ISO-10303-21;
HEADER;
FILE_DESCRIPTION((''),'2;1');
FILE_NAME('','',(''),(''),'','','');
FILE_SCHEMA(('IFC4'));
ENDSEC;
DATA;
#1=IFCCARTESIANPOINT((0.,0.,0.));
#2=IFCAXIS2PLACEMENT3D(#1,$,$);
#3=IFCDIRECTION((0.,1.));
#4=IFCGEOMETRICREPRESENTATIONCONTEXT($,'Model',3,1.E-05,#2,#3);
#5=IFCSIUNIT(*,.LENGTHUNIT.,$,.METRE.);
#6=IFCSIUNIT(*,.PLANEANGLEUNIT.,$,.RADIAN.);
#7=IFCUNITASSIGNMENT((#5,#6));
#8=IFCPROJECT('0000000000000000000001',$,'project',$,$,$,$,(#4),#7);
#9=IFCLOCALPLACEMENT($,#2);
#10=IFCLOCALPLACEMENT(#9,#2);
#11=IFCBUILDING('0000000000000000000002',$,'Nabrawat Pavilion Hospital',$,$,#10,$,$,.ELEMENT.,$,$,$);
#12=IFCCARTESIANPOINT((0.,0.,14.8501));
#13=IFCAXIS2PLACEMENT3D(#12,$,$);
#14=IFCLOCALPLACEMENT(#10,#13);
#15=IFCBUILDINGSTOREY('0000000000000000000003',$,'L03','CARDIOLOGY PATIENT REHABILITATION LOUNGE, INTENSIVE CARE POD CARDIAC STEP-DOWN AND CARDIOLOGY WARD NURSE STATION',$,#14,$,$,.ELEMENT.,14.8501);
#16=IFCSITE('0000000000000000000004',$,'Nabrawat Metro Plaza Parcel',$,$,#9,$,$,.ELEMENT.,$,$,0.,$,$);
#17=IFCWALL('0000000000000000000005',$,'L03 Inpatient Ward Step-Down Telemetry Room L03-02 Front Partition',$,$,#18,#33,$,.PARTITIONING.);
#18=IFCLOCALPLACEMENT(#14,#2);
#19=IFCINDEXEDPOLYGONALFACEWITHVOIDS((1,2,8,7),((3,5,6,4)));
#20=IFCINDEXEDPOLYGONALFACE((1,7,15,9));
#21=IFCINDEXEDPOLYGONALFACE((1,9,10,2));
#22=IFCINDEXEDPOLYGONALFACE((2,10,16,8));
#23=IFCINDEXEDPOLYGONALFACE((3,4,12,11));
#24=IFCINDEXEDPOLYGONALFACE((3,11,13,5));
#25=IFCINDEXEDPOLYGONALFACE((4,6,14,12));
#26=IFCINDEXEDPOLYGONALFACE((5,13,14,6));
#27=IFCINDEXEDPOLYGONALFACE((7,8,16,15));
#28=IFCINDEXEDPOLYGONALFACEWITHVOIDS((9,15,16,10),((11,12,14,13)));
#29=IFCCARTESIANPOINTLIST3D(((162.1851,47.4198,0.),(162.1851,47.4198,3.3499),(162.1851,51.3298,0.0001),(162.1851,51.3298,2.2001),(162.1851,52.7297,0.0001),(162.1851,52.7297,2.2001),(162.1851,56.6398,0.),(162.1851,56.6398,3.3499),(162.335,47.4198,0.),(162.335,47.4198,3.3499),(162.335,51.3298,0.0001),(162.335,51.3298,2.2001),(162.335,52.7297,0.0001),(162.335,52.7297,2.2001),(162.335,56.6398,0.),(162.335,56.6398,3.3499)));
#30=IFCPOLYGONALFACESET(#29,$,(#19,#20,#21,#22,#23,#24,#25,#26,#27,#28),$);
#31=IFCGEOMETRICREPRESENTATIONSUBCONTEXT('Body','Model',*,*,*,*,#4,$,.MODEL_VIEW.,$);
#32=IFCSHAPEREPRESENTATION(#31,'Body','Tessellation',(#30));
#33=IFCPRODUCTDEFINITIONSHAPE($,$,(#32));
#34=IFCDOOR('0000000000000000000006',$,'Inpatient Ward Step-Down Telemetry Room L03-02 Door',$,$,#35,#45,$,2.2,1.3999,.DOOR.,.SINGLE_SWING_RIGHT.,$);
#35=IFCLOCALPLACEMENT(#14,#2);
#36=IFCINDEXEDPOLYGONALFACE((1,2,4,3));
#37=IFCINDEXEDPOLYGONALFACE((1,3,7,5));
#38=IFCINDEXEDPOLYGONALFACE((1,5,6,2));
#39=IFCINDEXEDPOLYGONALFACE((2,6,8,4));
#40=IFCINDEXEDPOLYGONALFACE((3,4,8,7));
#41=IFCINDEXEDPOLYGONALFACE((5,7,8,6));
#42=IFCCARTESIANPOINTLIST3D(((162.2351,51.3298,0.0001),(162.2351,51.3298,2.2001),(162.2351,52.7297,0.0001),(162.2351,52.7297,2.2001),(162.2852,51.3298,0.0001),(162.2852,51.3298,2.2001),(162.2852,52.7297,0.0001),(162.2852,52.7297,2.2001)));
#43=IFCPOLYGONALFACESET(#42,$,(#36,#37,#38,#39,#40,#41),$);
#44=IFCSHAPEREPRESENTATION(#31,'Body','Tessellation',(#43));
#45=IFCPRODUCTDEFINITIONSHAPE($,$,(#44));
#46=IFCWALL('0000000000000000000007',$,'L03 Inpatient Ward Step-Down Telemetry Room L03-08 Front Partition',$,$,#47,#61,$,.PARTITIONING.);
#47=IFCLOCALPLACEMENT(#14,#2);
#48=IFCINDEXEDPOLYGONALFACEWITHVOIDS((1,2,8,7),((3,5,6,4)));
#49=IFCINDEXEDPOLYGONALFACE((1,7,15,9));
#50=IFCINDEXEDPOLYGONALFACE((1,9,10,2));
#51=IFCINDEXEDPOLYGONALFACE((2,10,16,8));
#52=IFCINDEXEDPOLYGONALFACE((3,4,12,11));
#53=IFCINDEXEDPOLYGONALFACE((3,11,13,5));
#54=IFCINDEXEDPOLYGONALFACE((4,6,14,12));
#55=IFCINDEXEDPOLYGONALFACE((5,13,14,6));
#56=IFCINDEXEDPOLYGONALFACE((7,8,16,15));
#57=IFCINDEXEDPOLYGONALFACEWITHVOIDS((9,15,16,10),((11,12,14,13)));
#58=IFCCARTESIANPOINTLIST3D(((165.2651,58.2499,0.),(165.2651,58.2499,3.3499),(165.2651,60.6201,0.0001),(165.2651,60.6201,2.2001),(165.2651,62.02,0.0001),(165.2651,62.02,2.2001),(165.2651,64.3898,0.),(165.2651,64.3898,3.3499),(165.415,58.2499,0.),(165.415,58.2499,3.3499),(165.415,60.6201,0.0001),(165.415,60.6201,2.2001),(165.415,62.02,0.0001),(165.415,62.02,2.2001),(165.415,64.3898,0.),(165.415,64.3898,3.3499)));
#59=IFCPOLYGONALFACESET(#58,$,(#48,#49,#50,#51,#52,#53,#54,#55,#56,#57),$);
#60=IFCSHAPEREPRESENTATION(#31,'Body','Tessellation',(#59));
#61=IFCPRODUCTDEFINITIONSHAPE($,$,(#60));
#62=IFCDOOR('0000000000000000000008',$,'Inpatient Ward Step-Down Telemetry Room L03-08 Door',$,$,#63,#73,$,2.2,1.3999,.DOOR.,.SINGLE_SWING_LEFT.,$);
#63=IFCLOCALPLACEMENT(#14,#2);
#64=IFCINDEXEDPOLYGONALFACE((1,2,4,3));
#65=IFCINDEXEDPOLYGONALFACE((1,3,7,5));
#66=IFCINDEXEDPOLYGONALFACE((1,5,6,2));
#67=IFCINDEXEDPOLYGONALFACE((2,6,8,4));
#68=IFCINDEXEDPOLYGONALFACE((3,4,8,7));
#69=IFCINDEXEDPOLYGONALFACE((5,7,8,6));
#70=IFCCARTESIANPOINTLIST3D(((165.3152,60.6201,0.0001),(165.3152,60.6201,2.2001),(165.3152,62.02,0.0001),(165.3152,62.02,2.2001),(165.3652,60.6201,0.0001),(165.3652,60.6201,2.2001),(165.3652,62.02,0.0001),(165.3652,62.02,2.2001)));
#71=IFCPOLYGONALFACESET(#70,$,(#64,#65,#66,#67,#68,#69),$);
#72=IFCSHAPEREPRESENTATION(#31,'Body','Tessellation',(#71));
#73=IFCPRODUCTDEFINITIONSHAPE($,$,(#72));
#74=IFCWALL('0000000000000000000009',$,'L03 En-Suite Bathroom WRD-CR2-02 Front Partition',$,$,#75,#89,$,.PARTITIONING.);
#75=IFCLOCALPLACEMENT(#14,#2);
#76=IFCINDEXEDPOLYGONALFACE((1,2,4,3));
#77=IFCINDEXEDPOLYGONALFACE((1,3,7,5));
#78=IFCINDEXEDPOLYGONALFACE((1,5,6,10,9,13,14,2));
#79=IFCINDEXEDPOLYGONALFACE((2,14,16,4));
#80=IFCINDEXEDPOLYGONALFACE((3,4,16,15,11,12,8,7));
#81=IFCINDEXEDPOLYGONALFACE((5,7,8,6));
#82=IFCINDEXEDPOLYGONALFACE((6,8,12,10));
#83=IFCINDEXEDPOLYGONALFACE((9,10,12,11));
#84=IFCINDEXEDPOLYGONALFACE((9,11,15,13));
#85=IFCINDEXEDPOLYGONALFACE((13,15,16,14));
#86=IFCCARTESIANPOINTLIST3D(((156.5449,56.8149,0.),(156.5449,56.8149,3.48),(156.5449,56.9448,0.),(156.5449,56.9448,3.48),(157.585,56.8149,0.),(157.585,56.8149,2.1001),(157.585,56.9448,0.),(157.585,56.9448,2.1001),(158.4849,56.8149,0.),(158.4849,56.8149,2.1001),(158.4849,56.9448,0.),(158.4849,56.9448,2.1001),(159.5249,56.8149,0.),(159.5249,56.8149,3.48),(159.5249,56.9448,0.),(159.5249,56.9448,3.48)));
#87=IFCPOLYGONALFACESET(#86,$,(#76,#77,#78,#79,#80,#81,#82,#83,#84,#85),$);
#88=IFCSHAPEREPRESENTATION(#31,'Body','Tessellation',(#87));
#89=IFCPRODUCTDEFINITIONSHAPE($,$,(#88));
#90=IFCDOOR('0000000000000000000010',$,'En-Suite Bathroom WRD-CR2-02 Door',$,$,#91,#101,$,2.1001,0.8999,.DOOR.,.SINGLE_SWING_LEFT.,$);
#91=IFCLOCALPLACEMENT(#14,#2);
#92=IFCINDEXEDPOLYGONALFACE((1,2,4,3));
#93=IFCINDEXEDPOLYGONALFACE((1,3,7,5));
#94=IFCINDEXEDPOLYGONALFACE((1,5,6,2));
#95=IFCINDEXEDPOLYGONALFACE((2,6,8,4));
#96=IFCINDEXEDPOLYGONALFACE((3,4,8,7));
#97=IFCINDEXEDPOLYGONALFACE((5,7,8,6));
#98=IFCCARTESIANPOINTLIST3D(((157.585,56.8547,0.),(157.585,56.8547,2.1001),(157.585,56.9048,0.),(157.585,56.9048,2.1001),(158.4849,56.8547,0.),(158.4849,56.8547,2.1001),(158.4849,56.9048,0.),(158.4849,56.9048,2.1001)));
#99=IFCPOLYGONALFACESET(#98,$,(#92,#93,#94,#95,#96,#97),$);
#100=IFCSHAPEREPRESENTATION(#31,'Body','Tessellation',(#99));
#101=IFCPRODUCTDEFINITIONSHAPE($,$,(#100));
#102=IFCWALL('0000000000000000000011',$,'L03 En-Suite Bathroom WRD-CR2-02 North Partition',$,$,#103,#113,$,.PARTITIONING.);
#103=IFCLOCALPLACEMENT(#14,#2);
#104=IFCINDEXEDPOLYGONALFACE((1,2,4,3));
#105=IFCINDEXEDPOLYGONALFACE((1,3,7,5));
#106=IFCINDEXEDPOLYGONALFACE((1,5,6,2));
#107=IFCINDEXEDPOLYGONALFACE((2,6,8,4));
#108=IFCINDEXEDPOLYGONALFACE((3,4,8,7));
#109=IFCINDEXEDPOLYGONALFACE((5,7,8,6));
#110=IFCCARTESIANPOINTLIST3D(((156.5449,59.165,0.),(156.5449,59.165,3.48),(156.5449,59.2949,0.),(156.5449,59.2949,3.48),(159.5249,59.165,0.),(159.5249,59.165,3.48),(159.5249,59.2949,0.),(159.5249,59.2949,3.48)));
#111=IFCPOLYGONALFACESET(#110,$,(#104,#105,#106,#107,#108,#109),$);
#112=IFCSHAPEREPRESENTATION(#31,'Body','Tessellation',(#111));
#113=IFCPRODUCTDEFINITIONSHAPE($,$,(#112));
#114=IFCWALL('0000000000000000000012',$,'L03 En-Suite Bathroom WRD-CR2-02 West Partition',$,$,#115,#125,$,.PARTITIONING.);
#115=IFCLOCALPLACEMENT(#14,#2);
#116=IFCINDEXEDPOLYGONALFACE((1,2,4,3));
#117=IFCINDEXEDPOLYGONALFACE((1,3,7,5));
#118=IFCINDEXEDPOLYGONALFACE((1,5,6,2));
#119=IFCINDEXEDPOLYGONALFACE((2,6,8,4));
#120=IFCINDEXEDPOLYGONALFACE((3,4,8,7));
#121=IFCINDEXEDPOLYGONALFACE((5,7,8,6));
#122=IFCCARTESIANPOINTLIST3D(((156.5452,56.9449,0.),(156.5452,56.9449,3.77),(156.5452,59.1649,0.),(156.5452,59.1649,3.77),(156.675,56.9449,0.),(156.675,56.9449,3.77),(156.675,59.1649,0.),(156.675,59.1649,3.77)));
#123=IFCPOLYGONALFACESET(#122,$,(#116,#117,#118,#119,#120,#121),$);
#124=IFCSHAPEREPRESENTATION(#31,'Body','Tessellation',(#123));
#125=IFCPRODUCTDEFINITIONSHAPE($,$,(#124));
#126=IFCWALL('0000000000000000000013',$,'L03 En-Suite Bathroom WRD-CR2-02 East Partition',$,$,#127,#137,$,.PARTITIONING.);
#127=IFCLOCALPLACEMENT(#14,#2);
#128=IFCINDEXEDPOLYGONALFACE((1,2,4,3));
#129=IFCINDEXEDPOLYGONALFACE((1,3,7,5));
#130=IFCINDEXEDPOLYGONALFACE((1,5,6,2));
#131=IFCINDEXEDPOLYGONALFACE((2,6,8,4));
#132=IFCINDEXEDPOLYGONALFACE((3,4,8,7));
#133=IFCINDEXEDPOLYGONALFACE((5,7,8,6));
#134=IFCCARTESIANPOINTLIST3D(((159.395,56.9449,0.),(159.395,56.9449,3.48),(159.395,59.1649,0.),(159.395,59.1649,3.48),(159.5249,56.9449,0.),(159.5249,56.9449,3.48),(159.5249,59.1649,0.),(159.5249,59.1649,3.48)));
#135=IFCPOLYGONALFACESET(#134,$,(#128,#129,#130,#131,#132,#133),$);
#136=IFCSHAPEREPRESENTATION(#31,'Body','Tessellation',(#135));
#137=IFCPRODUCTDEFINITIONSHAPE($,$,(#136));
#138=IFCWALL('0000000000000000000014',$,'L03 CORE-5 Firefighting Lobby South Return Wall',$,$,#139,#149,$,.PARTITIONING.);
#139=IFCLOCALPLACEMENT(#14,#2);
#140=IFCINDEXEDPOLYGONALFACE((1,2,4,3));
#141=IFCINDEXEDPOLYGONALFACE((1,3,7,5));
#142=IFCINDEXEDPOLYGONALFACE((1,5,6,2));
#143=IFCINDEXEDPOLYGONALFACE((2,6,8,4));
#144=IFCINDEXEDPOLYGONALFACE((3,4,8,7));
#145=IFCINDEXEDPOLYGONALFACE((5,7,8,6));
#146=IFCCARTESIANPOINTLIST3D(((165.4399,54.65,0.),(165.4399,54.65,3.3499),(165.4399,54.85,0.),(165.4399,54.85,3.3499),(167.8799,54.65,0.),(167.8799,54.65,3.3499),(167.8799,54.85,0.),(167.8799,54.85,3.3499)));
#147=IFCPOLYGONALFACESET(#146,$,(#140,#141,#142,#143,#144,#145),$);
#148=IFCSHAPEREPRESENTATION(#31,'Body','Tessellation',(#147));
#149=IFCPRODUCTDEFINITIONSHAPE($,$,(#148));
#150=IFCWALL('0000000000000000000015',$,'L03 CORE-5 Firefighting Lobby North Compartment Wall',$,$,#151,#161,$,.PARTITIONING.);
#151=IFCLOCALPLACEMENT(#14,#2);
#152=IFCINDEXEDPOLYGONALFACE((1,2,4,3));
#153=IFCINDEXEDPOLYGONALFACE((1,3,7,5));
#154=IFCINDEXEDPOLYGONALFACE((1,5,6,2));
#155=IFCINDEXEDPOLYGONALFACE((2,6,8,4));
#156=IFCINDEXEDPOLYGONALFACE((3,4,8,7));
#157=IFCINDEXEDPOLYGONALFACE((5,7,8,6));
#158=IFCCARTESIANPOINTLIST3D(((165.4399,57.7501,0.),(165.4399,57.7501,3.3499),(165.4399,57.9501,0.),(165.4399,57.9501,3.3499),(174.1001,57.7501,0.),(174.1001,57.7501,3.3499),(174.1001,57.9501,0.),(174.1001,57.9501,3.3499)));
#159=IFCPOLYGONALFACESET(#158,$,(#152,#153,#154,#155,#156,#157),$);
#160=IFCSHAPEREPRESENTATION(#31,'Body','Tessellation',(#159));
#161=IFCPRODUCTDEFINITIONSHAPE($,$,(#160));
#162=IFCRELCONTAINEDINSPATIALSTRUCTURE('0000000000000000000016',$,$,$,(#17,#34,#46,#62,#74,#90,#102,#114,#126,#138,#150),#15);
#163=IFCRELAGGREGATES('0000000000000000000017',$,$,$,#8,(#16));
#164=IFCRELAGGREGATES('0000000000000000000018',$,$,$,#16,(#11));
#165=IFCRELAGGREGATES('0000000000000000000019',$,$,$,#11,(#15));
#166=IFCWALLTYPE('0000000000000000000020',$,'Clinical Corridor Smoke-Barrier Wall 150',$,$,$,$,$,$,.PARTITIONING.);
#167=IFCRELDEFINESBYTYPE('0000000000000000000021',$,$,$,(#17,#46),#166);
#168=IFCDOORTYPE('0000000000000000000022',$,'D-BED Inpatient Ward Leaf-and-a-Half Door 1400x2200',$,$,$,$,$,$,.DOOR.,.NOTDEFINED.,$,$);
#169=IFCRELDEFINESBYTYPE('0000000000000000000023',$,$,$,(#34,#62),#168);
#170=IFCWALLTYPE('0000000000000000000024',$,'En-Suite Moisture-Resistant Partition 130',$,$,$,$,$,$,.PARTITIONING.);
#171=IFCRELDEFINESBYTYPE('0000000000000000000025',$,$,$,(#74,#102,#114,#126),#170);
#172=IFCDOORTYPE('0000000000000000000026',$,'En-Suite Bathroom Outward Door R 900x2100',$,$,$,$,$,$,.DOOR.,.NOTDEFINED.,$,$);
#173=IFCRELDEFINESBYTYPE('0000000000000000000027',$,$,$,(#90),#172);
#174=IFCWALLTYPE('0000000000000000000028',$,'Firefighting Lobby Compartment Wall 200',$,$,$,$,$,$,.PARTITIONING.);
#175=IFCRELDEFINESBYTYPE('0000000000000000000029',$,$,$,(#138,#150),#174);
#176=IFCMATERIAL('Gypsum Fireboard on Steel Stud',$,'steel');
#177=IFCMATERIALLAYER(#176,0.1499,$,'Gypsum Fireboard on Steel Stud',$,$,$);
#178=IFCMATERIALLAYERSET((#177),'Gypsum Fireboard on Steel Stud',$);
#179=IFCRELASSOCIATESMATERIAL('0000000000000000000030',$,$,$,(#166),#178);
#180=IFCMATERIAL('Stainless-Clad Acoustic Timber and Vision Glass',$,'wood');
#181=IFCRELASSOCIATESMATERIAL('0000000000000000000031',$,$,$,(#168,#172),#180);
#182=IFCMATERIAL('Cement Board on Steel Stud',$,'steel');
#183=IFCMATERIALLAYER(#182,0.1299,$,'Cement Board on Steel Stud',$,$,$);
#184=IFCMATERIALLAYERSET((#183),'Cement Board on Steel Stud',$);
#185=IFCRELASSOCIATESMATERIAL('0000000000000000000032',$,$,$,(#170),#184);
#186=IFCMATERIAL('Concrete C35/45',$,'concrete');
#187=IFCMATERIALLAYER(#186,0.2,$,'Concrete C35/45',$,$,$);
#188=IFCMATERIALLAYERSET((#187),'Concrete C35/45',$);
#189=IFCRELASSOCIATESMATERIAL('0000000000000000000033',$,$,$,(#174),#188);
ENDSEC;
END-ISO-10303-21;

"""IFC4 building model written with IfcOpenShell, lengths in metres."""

from ifc_helpers import new_model, si_unit, direction, frame, frame_2d, origin, place, context, subcontext, project, spatial, rectangle, extrude, material, layer, layer_set, type_object, element, fill, save


model = new_model("IFC4")

# Units and contexts
model_context = context("Model", 3, precision=1e-05, world=origin(), true_north=direction((0.0, 1.0)))
body_context = subcontext(model_context, "Body", "Model", "MODEL_VIEW")
ifc_project = project(units=[si_unit("LENGTHUNIT", "METRE"), si_unit("PLANEANGLEUNIT", "RADIAN")], contexts=[model_context])

# Site, building, storey
site_placement = place(None, origin())
site = spatial("IfcSite", under=ifc_project, at=site_placement, Name="Nabrawat Metro Plaza Parcel", CompositionType="ELEMENT", RefElevation=0.0)
building_placement = place(site_placement, origin())
building = spatial("IfcBuilding", under=site, at=building_placement, Name="Nabrawat Pavilion Hospital", CompositionType="ELEMENT")
storey_placement = place(building_placement, frame((0.0, 0.0, 14.8501)))
storey = spatial("IfcBuildingStorey", under=building, at=storey_placement, Name="L03", Description="CARDIOLOGY PATIENT REHABILITATION LOUNGE, INTENSIVE CARE POD CARDIAC STEP-DOWN AND CARDIOLOGY WARD NURSE STATION", CompositionType="ELEMENT", Elevation=14.8501)

# Walls, openings, doors
ifc_material_1 = material(Name="Gypsum Fireboard on Steel Stud", Category="steel")
ifc_layer_1 = layer(ifc_material_1, 0.1499, Name="Gypsum Fireboard on Steel Stud")
ifc_layer_set_1 = layer_set([ifc_layer_1], Name="Gypsum Fireboard on Steel Stud")
wall_type_1 = type_object("IfcWallType", Name="Clinical Corridor Smoke-Barrier Wall 150", PredefinedType="PARTITIONING", material=ifc_layer_set_1)
wall_1_placement = place(storey_placement, frame((162.26, 47.4199, 0.0), z_axis=(0.0, 0.0, 1.0), x_axis=(0.0, 1.0, 0.0)))
wall_1 = element("IfcWall", 1, at=wall_1_placement, inside=storey, type_object=wall_type_1, Name="L03 Inpatient Ward Step-Down Telemetry Room L03-02 Front Partition", PredefinedType="PARTITIONING", context=body_context, shape_type="SweptSolid", body=[
    extrude(rectangle(XDim=9.22, YDim=0.1499, at=frame_2d((4.6099, 0.0))), origin(), (0.0, 0.0, 1.0), 3.3499),
])
opening_1_placement = place(wall_1_placement, frame((3.9099, 0.0, 0.0)))
opening_1 = element("IfcOpeningElement", 2, at=opening_1_placement, cuts=wall_1, PredefinedType="OPENING", context=body_context, shape_type="SweptSolid", body=[
    extrude(rectangle(XDim=1.3999, YDim=2.2, at=frame_2d((0.7, 1.1001))), frame((0.0, 0.085, 0.0), z_axis=(0.0, -1.0, 0.0), x_axis=(1.0, 0.0, 0.0)), (0.0, 0.0, 1.0), 0.1699),
])
ifc_material_2 = material(Name="Stainless-Clad Acoustic Timber and Vision Glass", Category="wood")
door_type_1 = type_object("IfcDoorType", Name="D-BED Inpatient Ward Leaf-and-a-Half Door 1400x2200", OperationType="NOTDEFINED", PredefinedType="DOOR", material=ifc_material_2)
door_1_placement = place(opening_1_placement, origin())
door_1 = element("IfcDoor", 3, at=door_1_placement, inside=storey, type_object=door_type_1, Name="Inpatient Ward Step-Down Telemetry Room L03-02 Door", OperationType="SINGLE_SWING_RIGHT", OverallHeight=2.2, OverallWidth=1.3999, PredefinedType="DOOR", context=body_context, shape_type="SweptSolid", body=[
    extrude(rectangle(XDim=1.3999, YDim=2.2, at=frame_2d((0.7, 1.1001))), frame((0.0, 0.0249, 0.0), z_axis=(0.0, -1.0, 0.0), x_axis=(1.0, 0.0, 0.0)), (0.0, 0.0, 1.0), 0.05),
])
fill(opening_1, door_1)
wall_2_placement = place(storey_placement, frame((165.3401, 58.25, 0.0), z_axis=(0.0, 0.0, 1.0), x_axis=(0.0, 1.0, 0.0)))
wall_2 = element("IfcWall", 4, at=wall_2_placement, inside=storey, type_object=wall_type_1, Name="L03 Inpatient Ward Step-Down Telemetry Room L03-08 Front Partition", PredefinedType="PARTITIONING", context=body_context, shape_type="SweptSolid", body=[
    extrude(rectangle(XDim=6.1399, YDim=0.1499, at=frame_2d((3.0698, 0.0))), origin(), (0.0, 0.0, 1.0), 3.3499),
])
opening_2_placement = place(wall_2_placement, frame((2.3701, 0.0, 0.0)))
opening_2 = element("IfcOpeningElement", 5, at=opening_2_placement, cuts=wall_2, PredefinedType="OPENING", context=body_context, shape_type="SweptSolid", body=[
    extrude(rectangle(XDim=1.3999, YDim=2.2, at=frame_2d((0.7, 1.1001))), frame((0.0, 0.085, 0.0), z_axis=(0.0, -1.0, 0.0), x_axis=(1.0, 0.0, 0.0)), (0.0, 0.0, 1.0), 0.1699),
])
door_2_placement = place(opening_2_placement, origin())
door_2 = element("IfcDoor", 6, at=door_2_placement, inside=storey, type_object=door_type_1, Name="Inpatient Ward Step-Down Telemetry Room L03-08 Door", OperationType="SINGLE_SWING_LEFT", OverallHeight=2.2, OverallWidth=1.3999, PredefinedType="DOOR", context=body_context, shape_type="SweptSolid", body=[
    extrude(rectangle(XDim=1.3999, YDim=2.2, at=frame_2d((0.7, 1.1001))), frame((0.0, 0.0249, 0.0), z_axis=(0.0, -1.0, 0.0), x_axis=(1.0, 0.0, 0.0)), (0.0, 0.0, 1.0), 0.05),
])
fill(opening_2, door_2)
ifc_material_3 = material(Name="Cement Board on Steel Stud", Category="steel")
ifc_layer_2 = layer(ifc_material_3, 0.1299, Name="Cement Board on Steel Stud")
ifc_layer_set_2 = layer_set([ifc_layer_2], Name="Cement Board on Steel Stud")
wall_type_2 = type_object("IfcWallType", Name="En-Suite Moisture-Resistant Partition 130", PredefinedType="PARTITIONING", material=ifc_layer_set_2)
wall_3_placement = place(storey_placement, frame((156.5449, 56.8799, 0.0), z_axis=(0.0, 0.0, 1.0), x_axis=(1.0, 0.0, 0.0)))
wall_3 = element("IfcWall", 7, at=wall_3_placement, inside=storey, type_object=wall_type_2, Name="L03 En-Suite Bathroom WRD-CR2-02 Front Partition", PredefinedType="PARTITIONING", context=body_context, shape_type="SweptSolid", body=[
    extrude(rectangle(XDim=2.98, YDim=0.1299, at=frame_2d((1.49, 0.0))), origin(), (0.0, 0.0, 1.0), 3.48),
])
opening_3_placement = place(wall_3_placement, frame((1.04, 0.0, 0.0)))
opening_3 = element("IfcOpeningElement", 8, at=opening_3_placement, cuts=wall_3, PredefinedType="OPENING", context=body_context, shape_type="SweptSolid", body=[
    extrude(rectangle(XDim=0.8999, YDim=2.1001, at=frame_2d((0.45, 1.05))), frame((0.0, 0.075, 0.0), z_axis=(0.0, -1.0, 0.0), x_axis=(1.0, 0.0, 0.0)), (0.0, 0.0, 1.0), 0.1499),
])
door_type_2 = type_object("IfcDoorType", Name="En-Suite Bathroom Outward Door R 900x2100", OperationType="NOTDEFINED", PredefinedType="DOOR", material=ifc_material_2)
door_3_placement = place(opening_3_placement, origin())
door_3 = element("IfcDoor", 9, at=door_3_placement, inside=storey, type_object=door_type_2, Name="En-Suite Bathroom WRD-CR2-02 Door", OperationType="SINGLE_SWING_LEFT", OverallHeight=2.1001, OverallWidth=0.8999, PredefinedType="DOOR", context=body_context, shape_type="SweptSolid", body=[
    extrude(rectangle(XDim=0.8999, YDim=2.1001, at=frame_2d((0.45, 1.05))), frame((0.0, 0.0249, 0.0), z_axis=(0.0, -1.0, 0.0), x_axis=(1.0, 0.0, 0.0)), (0.0, 0.0, 1.0), 0.05),
])
fill(opening_3, door_3)

# Walls
wall_4_placement = place(storey_placement, frame((156.5449, 59.23, 0.0), z_axis=(0.0, 0.0, 1.0), x_axis=(1.0, 0.0, 0.0)))
element("IfcWall", 10, at=wall_4_placement, inside=storey, type_object=wall_type_2, Name="L03 En-Suite Bathroom WRD-CR2-02 North Partition", PredefinedType="PARTITIONING", context=body_context, shape_type="SweptSolid", body=[
    extrude(rectangle(XDim=2.98, YDim=0.1299, at=frame_2d((1.49, 0.0))), origin(), (0.0, 0.0, 1.0), 3.48),
])
wall_5_placement = place(storey_placement, frame((156.6101, 56.9451, 0.0), z_axis=(0.0, 0.0, 1.0), x_axis=(0.0, 1.0, 0.0)))
element("IfcWall", 11, at=wall_5_placement, inside=storey, type_object=wall_type_2, Name="L03 En-Suite Bathroom WRD-CR2-02 West Partition", PredefinedType="PARTITIONING", context=body_context, shape_type="SweptSolid", body=[
    extrude(rectangle(XDim=2.22, YDim=0.1299, at=frame_2d((1.1099, 0.0))), origin(), (0.0, 0.0, 1.0), 3.77),
])
wall_6_placement = place(storey_placement, frame((159.46, 56.9451, 0.0), z_axis=(0.0, 0.0, 1.0), x_axis=(0.0, 1.0, 0.0)))
element("IfcWall", 12, at=wall_6_placement, inside=storey, type_object=wall_type_2, Name="L03 En-Suite Bathroom WRD-CR2-02 East Partition", PredefinedType="PARTITIONING", context=body_context, shape_type="SweptSolid", body=[
    extrude(rectangle(XDim=2.22, YDim=0.1299, at=frame_2d((1.1099, 0.0))), origin(), (0.0, 0.0, 1.0), 3.48),
])
ifc_material_4 = material(Name="Concrete C35/45", Category="concrete")
ifc_layer_3 = layer(ifc_material_4, 0.2, Name="Concrete C35/45")
ifc_layer_set_3 = layer_set([ifc_layer_3], Name="Concrete C35/45")
wall_type_3 = type_object("IfcWallType", Name="Firefighting Lobby Compartment Wall 200", PredefinedType="PARTITIONING", material=ifc_layer_set_3)
wall_7_placement = place(storey_placement, frame((165.4399, 54.75, 0.0), z_axis=(0.0, 0.0, 1.0), x_axis=(1.0, 0.0, 0.0)))
element("IfcWall", 13, at=wall_7_placement, inside=storey, type_object=wall_type_3, Name="L03 CORE-5 Firefighting Lobby South Return Wall", PredefinedType="PARTITIONING", context=body_context, shape_type="SweptSolid", body=[
    extrude(rectangle(XDim=2.4399, YDim=0.2, at=frame_2d((1.22, 0.0))), origin(), (0.0, 0.0, 1.0), 3.3499),
])
wall_8_placement = place(storey_placement, frame((165.4399, 57.8501, 0.0), z_axis=(0.0, 0.0, 1.0), x_axis=(1.0, 0.0, 0.0)))
element("IfcWall", 14, at=wall_8_placement, inside=storey, type_object=wall_type_3, Name="L03 CORE-5 Firefighting Lobby North Compartment Wall", PredefinedType="PARTITIONING", context=body_context, shape_type="SweptSolid", body=[
    extrude(rectangle(XDim=8.6602, YDim=0.2, at=frame_2d((4.3301, 0.0))), origin(), (0.0, 0.0, 1.0), 3.3499),
])

save(model, "model.ifc")
